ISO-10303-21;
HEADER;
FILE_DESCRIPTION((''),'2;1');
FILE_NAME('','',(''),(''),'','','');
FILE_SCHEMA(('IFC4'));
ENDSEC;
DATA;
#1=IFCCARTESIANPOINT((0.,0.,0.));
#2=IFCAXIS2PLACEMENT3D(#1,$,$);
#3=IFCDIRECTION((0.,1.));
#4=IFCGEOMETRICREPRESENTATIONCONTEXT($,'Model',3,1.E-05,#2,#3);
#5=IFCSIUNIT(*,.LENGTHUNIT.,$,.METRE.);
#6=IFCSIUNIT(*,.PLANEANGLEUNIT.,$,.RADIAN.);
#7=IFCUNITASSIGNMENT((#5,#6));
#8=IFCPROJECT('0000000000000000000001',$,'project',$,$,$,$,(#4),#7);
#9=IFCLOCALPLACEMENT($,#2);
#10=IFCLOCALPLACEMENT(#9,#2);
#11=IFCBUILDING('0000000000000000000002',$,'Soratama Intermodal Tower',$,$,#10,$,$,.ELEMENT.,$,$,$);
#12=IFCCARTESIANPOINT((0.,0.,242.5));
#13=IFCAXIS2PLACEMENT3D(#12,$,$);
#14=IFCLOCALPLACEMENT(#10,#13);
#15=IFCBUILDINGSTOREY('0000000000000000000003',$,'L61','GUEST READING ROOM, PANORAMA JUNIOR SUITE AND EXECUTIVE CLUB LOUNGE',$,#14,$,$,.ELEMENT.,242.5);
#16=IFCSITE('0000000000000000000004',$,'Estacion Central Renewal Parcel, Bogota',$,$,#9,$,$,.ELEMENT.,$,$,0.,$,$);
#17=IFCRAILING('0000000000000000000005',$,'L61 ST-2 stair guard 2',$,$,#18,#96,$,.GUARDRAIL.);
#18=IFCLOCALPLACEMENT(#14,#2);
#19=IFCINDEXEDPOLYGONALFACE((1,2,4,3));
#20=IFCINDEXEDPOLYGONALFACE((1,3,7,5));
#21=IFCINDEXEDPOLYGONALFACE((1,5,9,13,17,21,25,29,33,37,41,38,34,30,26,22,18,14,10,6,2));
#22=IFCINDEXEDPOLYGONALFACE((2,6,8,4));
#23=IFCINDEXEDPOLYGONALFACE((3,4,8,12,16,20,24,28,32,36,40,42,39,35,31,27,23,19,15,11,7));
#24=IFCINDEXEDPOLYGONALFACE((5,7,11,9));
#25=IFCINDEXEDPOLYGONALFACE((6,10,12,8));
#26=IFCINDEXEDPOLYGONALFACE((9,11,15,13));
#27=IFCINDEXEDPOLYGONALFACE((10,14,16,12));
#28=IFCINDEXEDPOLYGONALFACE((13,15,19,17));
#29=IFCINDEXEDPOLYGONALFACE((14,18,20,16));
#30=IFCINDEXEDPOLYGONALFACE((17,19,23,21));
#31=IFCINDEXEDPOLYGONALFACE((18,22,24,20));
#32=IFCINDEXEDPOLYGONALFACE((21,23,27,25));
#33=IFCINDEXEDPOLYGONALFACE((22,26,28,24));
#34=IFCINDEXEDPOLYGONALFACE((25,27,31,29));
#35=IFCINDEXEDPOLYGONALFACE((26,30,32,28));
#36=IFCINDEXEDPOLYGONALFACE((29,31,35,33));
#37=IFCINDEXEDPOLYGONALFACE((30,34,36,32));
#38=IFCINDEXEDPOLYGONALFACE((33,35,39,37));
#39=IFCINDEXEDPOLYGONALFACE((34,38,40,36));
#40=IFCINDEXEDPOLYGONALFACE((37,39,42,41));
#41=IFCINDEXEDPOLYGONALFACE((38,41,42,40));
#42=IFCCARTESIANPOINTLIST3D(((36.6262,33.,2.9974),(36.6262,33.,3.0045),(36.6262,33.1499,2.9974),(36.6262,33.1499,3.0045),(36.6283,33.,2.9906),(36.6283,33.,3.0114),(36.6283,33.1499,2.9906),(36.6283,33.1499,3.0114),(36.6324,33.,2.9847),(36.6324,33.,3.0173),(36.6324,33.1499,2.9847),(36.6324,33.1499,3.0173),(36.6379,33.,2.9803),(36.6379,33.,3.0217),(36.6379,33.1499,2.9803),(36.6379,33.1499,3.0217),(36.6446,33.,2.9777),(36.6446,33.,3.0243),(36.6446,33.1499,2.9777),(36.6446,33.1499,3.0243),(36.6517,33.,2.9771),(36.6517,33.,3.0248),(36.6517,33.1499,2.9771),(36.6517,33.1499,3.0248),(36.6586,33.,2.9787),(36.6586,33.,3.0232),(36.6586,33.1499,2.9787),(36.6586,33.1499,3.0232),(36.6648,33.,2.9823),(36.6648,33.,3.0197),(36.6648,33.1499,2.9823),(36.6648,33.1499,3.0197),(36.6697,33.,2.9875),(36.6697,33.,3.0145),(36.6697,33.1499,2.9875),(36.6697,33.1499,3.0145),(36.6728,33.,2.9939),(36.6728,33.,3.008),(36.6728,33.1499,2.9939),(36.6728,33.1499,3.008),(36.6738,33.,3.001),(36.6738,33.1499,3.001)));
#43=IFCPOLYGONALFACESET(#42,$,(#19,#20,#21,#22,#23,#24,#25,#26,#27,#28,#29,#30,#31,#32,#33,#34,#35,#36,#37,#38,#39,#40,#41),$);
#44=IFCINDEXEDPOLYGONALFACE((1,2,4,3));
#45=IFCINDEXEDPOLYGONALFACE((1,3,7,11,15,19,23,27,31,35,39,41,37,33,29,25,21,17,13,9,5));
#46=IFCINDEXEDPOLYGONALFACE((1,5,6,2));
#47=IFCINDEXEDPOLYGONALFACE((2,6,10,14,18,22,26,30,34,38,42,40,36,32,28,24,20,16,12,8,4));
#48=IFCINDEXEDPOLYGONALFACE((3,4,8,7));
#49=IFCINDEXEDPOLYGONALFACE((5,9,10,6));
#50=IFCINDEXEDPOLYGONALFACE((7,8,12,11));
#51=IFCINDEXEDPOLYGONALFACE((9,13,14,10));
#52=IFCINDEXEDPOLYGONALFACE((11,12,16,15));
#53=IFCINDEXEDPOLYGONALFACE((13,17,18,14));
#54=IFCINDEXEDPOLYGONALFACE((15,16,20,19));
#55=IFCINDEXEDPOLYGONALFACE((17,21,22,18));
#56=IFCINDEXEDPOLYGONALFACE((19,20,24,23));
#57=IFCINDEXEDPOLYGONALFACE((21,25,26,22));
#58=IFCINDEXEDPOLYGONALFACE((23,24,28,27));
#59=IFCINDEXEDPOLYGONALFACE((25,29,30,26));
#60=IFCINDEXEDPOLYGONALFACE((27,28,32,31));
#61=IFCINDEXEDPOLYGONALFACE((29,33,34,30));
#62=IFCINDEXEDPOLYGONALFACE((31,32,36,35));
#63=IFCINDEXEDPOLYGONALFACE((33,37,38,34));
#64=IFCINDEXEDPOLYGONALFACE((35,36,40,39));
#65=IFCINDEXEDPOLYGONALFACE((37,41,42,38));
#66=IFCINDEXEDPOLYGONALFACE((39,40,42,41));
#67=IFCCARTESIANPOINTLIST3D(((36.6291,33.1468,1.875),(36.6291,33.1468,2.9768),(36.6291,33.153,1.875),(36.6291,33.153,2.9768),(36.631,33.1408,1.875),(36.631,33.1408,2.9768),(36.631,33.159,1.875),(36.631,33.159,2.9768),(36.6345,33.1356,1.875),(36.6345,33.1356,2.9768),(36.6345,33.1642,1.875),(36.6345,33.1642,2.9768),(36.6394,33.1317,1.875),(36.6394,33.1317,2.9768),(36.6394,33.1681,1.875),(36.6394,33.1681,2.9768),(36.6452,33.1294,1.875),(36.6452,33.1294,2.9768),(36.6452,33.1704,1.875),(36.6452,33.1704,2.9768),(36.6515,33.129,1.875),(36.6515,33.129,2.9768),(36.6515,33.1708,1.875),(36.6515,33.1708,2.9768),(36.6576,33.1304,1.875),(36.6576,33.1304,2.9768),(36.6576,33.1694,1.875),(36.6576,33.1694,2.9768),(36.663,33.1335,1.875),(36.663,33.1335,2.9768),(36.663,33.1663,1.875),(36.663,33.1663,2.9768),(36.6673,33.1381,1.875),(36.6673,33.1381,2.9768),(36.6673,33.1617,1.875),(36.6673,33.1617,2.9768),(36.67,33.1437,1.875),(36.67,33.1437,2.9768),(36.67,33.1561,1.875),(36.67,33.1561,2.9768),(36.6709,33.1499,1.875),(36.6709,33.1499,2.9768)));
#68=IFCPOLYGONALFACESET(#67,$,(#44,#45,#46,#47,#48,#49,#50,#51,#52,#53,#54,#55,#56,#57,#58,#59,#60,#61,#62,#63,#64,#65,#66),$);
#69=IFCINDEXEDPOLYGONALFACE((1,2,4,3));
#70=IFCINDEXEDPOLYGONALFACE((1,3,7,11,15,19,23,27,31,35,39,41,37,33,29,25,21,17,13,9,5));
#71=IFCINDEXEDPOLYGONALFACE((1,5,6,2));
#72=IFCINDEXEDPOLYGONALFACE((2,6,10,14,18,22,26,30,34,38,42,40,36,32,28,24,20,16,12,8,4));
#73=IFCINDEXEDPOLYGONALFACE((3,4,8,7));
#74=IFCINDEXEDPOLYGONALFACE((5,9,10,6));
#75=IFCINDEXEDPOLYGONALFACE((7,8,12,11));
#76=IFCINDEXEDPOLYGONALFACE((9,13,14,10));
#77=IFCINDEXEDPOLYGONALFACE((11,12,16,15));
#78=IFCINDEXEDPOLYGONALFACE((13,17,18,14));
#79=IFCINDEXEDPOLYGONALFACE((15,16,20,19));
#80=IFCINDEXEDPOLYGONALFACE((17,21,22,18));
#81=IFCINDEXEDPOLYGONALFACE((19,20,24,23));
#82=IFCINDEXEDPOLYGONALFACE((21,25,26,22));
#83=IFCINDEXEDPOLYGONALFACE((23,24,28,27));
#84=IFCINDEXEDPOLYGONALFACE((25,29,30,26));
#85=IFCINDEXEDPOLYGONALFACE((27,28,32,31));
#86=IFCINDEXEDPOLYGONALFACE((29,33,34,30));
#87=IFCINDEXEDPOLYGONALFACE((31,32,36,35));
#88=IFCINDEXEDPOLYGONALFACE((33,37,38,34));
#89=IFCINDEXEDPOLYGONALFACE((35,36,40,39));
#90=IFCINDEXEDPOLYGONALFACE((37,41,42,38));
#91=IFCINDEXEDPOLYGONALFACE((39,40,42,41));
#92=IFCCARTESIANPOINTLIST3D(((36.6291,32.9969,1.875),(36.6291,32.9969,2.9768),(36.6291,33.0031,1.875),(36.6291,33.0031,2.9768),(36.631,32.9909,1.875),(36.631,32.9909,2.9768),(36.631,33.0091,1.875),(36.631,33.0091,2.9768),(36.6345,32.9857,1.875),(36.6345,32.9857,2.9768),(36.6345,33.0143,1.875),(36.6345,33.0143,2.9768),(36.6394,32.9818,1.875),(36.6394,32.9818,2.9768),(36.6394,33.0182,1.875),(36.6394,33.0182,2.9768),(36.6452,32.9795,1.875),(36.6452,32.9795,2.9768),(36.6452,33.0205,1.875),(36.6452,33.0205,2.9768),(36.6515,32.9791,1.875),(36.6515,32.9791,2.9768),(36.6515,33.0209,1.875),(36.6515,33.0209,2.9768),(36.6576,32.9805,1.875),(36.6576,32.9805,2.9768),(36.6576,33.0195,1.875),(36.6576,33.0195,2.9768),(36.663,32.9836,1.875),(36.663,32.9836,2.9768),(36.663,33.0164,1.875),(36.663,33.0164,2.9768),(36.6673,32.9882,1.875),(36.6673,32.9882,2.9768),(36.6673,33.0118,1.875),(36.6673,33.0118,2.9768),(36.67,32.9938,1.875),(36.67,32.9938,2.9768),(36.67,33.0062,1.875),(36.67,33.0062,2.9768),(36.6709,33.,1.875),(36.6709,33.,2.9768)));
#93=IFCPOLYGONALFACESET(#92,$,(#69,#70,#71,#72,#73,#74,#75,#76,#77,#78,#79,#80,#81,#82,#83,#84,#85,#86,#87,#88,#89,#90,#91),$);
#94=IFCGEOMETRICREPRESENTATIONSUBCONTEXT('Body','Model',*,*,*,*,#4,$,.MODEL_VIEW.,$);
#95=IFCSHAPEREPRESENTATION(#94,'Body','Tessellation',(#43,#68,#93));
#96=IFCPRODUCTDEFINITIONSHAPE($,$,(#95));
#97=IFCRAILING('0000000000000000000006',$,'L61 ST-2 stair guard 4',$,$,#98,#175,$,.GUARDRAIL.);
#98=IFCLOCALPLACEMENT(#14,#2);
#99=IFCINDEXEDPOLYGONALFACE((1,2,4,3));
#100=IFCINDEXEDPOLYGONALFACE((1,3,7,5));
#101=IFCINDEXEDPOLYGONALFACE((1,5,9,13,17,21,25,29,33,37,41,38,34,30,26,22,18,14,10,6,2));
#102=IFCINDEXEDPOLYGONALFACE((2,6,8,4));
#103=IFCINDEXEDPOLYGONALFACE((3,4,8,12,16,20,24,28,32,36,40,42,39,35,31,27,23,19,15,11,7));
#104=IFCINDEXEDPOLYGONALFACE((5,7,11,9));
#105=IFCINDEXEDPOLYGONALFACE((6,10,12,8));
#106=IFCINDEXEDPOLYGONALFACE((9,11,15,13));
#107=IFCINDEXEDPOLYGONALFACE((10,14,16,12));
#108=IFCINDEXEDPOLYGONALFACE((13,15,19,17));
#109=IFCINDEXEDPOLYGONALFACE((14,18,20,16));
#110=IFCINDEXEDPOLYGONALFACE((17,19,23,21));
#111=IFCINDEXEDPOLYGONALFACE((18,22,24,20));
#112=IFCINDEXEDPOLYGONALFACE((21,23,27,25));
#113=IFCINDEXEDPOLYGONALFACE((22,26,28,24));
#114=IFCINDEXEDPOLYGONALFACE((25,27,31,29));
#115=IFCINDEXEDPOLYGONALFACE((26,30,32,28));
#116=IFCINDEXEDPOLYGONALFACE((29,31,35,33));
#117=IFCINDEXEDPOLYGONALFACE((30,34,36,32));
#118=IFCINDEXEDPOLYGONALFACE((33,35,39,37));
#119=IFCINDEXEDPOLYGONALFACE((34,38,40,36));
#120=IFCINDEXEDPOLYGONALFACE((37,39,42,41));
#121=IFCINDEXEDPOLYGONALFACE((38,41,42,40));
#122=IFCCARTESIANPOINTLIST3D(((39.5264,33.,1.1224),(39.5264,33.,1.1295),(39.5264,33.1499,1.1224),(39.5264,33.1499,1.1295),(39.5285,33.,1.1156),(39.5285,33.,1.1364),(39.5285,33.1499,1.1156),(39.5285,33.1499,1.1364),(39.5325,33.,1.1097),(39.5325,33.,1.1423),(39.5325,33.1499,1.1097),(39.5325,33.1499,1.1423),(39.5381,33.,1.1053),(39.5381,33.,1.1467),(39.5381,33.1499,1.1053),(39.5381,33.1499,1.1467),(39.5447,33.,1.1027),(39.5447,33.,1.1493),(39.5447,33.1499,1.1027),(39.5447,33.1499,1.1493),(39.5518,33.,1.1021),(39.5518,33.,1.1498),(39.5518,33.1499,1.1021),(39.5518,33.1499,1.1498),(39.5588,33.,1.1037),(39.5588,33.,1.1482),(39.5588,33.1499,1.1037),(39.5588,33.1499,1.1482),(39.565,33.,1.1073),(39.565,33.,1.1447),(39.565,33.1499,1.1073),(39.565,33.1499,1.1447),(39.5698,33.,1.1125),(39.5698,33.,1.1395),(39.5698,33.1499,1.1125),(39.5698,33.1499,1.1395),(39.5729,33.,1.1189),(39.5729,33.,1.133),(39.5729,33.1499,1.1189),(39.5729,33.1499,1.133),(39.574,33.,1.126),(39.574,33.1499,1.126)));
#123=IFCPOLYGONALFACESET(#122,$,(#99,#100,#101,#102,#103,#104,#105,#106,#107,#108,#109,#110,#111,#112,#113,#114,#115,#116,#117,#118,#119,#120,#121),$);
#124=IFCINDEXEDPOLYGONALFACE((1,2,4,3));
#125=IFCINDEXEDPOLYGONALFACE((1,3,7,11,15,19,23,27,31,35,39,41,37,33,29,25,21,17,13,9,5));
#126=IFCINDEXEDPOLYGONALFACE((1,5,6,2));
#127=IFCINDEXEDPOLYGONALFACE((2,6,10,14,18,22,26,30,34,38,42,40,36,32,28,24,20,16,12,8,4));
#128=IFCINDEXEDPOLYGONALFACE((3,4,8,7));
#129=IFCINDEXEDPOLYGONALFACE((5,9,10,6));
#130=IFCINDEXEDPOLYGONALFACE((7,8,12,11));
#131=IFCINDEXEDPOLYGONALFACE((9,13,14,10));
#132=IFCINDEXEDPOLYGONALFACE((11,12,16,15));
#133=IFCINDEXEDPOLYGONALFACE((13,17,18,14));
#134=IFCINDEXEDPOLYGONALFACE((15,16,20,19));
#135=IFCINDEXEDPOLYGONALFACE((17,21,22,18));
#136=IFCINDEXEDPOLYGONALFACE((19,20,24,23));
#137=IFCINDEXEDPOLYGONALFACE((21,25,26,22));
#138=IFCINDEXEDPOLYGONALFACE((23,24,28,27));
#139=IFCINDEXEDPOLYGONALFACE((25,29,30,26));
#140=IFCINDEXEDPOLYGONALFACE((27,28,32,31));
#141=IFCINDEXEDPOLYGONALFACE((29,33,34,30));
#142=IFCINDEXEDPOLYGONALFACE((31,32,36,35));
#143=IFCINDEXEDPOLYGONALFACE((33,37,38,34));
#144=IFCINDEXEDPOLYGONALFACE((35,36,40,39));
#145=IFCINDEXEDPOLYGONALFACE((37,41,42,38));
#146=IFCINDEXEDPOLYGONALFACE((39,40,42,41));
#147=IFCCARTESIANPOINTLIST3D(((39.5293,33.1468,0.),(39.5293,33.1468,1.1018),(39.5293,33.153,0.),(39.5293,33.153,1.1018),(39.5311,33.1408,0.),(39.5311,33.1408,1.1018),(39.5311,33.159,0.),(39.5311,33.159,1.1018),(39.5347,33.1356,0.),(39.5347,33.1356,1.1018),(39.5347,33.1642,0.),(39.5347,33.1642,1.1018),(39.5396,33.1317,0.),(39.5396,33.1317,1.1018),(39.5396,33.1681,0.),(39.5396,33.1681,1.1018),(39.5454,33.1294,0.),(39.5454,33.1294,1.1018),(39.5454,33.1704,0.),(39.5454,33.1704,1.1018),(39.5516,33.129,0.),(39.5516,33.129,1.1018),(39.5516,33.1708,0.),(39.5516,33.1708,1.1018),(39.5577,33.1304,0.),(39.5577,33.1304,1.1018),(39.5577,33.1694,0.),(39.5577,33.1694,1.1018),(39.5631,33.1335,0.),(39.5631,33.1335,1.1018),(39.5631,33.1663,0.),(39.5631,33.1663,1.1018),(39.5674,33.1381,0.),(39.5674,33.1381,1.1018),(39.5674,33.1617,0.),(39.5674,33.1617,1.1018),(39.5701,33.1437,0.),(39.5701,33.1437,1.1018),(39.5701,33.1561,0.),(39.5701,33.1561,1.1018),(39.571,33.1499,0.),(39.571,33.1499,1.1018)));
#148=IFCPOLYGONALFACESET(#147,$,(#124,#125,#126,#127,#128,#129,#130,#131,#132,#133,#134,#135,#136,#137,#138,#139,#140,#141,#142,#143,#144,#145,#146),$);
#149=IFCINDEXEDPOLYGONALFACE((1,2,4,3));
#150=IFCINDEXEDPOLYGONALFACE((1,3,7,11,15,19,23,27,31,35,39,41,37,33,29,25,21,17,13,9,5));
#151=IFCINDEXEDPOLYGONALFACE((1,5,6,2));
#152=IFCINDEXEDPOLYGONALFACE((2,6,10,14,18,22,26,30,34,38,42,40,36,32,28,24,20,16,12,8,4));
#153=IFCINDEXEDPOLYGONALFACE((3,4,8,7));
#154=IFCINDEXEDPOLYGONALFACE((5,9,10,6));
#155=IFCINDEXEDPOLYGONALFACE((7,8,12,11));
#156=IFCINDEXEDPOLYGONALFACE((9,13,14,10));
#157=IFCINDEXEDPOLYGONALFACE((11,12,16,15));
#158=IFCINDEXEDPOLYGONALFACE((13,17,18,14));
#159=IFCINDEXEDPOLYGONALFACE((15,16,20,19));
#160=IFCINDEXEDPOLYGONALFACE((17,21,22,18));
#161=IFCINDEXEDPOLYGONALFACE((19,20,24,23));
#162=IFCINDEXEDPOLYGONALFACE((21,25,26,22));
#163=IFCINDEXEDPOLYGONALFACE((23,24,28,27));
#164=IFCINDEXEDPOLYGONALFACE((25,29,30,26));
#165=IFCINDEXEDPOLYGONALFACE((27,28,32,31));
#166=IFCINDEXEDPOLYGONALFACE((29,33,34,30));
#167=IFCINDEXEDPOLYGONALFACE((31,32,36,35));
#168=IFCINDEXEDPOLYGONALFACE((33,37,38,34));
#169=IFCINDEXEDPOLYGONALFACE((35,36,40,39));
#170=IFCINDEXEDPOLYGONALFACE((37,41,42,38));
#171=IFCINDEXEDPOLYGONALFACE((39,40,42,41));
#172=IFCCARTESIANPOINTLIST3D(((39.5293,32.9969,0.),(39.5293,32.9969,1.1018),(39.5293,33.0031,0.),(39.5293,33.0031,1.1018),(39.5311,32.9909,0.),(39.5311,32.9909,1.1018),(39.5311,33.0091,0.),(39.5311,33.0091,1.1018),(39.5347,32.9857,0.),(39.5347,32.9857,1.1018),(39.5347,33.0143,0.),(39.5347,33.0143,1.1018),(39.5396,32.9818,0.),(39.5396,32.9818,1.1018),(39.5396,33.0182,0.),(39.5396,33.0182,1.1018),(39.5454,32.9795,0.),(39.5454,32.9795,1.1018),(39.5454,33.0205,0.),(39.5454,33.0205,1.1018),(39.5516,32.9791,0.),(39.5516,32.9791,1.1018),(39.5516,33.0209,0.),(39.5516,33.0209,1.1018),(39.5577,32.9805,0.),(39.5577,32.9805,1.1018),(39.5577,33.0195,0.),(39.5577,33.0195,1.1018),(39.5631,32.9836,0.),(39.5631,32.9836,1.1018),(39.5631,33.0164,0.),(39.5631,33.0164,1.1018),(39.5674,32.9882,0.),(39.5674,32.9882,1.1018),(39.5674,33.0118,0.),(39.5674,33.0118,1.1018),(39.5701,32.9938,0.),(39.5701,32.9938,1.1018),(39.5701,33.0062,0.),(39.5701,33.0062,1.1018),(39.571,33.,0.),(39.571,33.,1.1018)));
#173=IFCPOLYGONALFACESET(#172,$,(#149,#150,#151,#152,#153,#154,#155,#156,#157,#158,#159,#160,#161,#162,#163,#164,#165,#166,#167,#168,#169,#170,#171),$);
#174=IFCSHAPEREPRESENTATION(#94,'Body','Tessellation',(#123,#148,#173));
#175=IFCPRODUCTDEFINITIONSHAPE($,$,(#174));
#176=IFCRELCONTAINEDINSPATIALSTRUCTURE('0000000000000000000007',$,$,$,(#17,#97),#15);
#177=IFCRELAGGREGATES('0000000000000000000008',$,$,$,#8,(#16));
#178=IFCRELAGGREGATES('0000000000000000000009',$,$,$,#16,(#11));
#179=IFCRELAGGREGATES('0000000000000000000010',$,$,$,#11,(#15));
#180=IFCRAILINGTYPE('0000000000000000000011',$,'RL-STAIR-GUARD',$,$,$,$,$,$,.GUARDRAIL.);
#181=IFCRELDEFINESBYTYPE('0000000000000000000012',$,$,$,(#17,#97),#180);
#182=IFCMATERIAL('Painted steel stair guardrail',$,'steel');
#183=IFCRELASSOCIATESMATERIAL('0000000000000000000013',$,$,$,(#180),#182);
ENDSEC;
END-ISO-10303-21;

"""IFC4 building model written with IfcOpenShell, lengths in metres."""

from ifc_helpers import new_model, si_unit, direction, frame, origin, origin_2d, place, context, subcontext, project, spatial, circle, extrude, material, type_object, element, save


model = new_model("IFC4")

# Units and contexts
model_context = context("Model", 3, precision=1e-05, world=origin(), true_north=direction((0.0, 1.0)))
body_context = subcontext(model_context, "Body", "Model", "MODEL_VIEW")
ifc_project = project(units=[si_unit("LENGTHUNIT", "METRE"), si_unit("PLANEANGLEUNIT", "RADIAN")], contexts=[model_context])

# Site, building, storey
site_placement = place(None, origin())
site = spatial("IfcSite", under=ifc_project, at=site_placement, Name="Estacion Central Renewal Parcel, Bogota", CompositionType="ELEMENT", RefElevation=0.0)
building_placement = place(site_placement, origin())
building = spatial("IfcBuilding", under=site, at=building_placement, Name="Soratama Intermodal Tower", CompositionType="ELEMENT")
storey_placement = place(building_placement, frame((0.0, 0.0, 242.5)))
storey = spatial("IfcBuildingStorey", under=building, at=storey_placement, Name="L61", Description="GUEST READING ROOM, PANORAMA JUNIOR SUITE AND EXECUTIVE CLUB LOUNGE", CompositionType="ELEMENT", Elevation=242.5)

# Railings
ifc_material_1 = material(Name="Painted steel stair guardrail", Category="steel")
railing_type_1 = type_object("IfcRailingType", Name="RL-STAIR-GUARD", PredefinedType="GUARDRAIL", material=ifc_material_1)
for number, where, name in (
    (1, (36.6499, 33.1499, 1.875), "L61 ST-2 stair guard 2"),
    (2, (39.55, 33.1499, 0.0), "L61 ST-2 stair guard 4"),
):
    element("IfcRailing", number, at=place(storey_placement, frame(where)), inside=storey, type_object=railing_type_1, Name=name, PredefinedType="GUARDRAIL", context=body_context, shape_type="SweptSolid", body=[
        extrude(circle(Radius=0.0239, at=origin_2d()), frame((0.0, 0.0, 1.126), z_axis=(0.0, -1.0, 0.0), x_axis=(1.0, 0.0, 0.0)), (0.0, 0.0, 1.0), 0.1499),
        extrude(circle(Radius=0.021, at=origin_2d()), origin(), (0.0, 0.0, 1.0), 1.1018),
        extrude(circle(Radius=0.021, at=origin_2d()), frame((0.0, -0.1499, 0.0)), (0.0, 0.0, 1.0), 1.1018),
    ])

save(model, "model.ifc")
